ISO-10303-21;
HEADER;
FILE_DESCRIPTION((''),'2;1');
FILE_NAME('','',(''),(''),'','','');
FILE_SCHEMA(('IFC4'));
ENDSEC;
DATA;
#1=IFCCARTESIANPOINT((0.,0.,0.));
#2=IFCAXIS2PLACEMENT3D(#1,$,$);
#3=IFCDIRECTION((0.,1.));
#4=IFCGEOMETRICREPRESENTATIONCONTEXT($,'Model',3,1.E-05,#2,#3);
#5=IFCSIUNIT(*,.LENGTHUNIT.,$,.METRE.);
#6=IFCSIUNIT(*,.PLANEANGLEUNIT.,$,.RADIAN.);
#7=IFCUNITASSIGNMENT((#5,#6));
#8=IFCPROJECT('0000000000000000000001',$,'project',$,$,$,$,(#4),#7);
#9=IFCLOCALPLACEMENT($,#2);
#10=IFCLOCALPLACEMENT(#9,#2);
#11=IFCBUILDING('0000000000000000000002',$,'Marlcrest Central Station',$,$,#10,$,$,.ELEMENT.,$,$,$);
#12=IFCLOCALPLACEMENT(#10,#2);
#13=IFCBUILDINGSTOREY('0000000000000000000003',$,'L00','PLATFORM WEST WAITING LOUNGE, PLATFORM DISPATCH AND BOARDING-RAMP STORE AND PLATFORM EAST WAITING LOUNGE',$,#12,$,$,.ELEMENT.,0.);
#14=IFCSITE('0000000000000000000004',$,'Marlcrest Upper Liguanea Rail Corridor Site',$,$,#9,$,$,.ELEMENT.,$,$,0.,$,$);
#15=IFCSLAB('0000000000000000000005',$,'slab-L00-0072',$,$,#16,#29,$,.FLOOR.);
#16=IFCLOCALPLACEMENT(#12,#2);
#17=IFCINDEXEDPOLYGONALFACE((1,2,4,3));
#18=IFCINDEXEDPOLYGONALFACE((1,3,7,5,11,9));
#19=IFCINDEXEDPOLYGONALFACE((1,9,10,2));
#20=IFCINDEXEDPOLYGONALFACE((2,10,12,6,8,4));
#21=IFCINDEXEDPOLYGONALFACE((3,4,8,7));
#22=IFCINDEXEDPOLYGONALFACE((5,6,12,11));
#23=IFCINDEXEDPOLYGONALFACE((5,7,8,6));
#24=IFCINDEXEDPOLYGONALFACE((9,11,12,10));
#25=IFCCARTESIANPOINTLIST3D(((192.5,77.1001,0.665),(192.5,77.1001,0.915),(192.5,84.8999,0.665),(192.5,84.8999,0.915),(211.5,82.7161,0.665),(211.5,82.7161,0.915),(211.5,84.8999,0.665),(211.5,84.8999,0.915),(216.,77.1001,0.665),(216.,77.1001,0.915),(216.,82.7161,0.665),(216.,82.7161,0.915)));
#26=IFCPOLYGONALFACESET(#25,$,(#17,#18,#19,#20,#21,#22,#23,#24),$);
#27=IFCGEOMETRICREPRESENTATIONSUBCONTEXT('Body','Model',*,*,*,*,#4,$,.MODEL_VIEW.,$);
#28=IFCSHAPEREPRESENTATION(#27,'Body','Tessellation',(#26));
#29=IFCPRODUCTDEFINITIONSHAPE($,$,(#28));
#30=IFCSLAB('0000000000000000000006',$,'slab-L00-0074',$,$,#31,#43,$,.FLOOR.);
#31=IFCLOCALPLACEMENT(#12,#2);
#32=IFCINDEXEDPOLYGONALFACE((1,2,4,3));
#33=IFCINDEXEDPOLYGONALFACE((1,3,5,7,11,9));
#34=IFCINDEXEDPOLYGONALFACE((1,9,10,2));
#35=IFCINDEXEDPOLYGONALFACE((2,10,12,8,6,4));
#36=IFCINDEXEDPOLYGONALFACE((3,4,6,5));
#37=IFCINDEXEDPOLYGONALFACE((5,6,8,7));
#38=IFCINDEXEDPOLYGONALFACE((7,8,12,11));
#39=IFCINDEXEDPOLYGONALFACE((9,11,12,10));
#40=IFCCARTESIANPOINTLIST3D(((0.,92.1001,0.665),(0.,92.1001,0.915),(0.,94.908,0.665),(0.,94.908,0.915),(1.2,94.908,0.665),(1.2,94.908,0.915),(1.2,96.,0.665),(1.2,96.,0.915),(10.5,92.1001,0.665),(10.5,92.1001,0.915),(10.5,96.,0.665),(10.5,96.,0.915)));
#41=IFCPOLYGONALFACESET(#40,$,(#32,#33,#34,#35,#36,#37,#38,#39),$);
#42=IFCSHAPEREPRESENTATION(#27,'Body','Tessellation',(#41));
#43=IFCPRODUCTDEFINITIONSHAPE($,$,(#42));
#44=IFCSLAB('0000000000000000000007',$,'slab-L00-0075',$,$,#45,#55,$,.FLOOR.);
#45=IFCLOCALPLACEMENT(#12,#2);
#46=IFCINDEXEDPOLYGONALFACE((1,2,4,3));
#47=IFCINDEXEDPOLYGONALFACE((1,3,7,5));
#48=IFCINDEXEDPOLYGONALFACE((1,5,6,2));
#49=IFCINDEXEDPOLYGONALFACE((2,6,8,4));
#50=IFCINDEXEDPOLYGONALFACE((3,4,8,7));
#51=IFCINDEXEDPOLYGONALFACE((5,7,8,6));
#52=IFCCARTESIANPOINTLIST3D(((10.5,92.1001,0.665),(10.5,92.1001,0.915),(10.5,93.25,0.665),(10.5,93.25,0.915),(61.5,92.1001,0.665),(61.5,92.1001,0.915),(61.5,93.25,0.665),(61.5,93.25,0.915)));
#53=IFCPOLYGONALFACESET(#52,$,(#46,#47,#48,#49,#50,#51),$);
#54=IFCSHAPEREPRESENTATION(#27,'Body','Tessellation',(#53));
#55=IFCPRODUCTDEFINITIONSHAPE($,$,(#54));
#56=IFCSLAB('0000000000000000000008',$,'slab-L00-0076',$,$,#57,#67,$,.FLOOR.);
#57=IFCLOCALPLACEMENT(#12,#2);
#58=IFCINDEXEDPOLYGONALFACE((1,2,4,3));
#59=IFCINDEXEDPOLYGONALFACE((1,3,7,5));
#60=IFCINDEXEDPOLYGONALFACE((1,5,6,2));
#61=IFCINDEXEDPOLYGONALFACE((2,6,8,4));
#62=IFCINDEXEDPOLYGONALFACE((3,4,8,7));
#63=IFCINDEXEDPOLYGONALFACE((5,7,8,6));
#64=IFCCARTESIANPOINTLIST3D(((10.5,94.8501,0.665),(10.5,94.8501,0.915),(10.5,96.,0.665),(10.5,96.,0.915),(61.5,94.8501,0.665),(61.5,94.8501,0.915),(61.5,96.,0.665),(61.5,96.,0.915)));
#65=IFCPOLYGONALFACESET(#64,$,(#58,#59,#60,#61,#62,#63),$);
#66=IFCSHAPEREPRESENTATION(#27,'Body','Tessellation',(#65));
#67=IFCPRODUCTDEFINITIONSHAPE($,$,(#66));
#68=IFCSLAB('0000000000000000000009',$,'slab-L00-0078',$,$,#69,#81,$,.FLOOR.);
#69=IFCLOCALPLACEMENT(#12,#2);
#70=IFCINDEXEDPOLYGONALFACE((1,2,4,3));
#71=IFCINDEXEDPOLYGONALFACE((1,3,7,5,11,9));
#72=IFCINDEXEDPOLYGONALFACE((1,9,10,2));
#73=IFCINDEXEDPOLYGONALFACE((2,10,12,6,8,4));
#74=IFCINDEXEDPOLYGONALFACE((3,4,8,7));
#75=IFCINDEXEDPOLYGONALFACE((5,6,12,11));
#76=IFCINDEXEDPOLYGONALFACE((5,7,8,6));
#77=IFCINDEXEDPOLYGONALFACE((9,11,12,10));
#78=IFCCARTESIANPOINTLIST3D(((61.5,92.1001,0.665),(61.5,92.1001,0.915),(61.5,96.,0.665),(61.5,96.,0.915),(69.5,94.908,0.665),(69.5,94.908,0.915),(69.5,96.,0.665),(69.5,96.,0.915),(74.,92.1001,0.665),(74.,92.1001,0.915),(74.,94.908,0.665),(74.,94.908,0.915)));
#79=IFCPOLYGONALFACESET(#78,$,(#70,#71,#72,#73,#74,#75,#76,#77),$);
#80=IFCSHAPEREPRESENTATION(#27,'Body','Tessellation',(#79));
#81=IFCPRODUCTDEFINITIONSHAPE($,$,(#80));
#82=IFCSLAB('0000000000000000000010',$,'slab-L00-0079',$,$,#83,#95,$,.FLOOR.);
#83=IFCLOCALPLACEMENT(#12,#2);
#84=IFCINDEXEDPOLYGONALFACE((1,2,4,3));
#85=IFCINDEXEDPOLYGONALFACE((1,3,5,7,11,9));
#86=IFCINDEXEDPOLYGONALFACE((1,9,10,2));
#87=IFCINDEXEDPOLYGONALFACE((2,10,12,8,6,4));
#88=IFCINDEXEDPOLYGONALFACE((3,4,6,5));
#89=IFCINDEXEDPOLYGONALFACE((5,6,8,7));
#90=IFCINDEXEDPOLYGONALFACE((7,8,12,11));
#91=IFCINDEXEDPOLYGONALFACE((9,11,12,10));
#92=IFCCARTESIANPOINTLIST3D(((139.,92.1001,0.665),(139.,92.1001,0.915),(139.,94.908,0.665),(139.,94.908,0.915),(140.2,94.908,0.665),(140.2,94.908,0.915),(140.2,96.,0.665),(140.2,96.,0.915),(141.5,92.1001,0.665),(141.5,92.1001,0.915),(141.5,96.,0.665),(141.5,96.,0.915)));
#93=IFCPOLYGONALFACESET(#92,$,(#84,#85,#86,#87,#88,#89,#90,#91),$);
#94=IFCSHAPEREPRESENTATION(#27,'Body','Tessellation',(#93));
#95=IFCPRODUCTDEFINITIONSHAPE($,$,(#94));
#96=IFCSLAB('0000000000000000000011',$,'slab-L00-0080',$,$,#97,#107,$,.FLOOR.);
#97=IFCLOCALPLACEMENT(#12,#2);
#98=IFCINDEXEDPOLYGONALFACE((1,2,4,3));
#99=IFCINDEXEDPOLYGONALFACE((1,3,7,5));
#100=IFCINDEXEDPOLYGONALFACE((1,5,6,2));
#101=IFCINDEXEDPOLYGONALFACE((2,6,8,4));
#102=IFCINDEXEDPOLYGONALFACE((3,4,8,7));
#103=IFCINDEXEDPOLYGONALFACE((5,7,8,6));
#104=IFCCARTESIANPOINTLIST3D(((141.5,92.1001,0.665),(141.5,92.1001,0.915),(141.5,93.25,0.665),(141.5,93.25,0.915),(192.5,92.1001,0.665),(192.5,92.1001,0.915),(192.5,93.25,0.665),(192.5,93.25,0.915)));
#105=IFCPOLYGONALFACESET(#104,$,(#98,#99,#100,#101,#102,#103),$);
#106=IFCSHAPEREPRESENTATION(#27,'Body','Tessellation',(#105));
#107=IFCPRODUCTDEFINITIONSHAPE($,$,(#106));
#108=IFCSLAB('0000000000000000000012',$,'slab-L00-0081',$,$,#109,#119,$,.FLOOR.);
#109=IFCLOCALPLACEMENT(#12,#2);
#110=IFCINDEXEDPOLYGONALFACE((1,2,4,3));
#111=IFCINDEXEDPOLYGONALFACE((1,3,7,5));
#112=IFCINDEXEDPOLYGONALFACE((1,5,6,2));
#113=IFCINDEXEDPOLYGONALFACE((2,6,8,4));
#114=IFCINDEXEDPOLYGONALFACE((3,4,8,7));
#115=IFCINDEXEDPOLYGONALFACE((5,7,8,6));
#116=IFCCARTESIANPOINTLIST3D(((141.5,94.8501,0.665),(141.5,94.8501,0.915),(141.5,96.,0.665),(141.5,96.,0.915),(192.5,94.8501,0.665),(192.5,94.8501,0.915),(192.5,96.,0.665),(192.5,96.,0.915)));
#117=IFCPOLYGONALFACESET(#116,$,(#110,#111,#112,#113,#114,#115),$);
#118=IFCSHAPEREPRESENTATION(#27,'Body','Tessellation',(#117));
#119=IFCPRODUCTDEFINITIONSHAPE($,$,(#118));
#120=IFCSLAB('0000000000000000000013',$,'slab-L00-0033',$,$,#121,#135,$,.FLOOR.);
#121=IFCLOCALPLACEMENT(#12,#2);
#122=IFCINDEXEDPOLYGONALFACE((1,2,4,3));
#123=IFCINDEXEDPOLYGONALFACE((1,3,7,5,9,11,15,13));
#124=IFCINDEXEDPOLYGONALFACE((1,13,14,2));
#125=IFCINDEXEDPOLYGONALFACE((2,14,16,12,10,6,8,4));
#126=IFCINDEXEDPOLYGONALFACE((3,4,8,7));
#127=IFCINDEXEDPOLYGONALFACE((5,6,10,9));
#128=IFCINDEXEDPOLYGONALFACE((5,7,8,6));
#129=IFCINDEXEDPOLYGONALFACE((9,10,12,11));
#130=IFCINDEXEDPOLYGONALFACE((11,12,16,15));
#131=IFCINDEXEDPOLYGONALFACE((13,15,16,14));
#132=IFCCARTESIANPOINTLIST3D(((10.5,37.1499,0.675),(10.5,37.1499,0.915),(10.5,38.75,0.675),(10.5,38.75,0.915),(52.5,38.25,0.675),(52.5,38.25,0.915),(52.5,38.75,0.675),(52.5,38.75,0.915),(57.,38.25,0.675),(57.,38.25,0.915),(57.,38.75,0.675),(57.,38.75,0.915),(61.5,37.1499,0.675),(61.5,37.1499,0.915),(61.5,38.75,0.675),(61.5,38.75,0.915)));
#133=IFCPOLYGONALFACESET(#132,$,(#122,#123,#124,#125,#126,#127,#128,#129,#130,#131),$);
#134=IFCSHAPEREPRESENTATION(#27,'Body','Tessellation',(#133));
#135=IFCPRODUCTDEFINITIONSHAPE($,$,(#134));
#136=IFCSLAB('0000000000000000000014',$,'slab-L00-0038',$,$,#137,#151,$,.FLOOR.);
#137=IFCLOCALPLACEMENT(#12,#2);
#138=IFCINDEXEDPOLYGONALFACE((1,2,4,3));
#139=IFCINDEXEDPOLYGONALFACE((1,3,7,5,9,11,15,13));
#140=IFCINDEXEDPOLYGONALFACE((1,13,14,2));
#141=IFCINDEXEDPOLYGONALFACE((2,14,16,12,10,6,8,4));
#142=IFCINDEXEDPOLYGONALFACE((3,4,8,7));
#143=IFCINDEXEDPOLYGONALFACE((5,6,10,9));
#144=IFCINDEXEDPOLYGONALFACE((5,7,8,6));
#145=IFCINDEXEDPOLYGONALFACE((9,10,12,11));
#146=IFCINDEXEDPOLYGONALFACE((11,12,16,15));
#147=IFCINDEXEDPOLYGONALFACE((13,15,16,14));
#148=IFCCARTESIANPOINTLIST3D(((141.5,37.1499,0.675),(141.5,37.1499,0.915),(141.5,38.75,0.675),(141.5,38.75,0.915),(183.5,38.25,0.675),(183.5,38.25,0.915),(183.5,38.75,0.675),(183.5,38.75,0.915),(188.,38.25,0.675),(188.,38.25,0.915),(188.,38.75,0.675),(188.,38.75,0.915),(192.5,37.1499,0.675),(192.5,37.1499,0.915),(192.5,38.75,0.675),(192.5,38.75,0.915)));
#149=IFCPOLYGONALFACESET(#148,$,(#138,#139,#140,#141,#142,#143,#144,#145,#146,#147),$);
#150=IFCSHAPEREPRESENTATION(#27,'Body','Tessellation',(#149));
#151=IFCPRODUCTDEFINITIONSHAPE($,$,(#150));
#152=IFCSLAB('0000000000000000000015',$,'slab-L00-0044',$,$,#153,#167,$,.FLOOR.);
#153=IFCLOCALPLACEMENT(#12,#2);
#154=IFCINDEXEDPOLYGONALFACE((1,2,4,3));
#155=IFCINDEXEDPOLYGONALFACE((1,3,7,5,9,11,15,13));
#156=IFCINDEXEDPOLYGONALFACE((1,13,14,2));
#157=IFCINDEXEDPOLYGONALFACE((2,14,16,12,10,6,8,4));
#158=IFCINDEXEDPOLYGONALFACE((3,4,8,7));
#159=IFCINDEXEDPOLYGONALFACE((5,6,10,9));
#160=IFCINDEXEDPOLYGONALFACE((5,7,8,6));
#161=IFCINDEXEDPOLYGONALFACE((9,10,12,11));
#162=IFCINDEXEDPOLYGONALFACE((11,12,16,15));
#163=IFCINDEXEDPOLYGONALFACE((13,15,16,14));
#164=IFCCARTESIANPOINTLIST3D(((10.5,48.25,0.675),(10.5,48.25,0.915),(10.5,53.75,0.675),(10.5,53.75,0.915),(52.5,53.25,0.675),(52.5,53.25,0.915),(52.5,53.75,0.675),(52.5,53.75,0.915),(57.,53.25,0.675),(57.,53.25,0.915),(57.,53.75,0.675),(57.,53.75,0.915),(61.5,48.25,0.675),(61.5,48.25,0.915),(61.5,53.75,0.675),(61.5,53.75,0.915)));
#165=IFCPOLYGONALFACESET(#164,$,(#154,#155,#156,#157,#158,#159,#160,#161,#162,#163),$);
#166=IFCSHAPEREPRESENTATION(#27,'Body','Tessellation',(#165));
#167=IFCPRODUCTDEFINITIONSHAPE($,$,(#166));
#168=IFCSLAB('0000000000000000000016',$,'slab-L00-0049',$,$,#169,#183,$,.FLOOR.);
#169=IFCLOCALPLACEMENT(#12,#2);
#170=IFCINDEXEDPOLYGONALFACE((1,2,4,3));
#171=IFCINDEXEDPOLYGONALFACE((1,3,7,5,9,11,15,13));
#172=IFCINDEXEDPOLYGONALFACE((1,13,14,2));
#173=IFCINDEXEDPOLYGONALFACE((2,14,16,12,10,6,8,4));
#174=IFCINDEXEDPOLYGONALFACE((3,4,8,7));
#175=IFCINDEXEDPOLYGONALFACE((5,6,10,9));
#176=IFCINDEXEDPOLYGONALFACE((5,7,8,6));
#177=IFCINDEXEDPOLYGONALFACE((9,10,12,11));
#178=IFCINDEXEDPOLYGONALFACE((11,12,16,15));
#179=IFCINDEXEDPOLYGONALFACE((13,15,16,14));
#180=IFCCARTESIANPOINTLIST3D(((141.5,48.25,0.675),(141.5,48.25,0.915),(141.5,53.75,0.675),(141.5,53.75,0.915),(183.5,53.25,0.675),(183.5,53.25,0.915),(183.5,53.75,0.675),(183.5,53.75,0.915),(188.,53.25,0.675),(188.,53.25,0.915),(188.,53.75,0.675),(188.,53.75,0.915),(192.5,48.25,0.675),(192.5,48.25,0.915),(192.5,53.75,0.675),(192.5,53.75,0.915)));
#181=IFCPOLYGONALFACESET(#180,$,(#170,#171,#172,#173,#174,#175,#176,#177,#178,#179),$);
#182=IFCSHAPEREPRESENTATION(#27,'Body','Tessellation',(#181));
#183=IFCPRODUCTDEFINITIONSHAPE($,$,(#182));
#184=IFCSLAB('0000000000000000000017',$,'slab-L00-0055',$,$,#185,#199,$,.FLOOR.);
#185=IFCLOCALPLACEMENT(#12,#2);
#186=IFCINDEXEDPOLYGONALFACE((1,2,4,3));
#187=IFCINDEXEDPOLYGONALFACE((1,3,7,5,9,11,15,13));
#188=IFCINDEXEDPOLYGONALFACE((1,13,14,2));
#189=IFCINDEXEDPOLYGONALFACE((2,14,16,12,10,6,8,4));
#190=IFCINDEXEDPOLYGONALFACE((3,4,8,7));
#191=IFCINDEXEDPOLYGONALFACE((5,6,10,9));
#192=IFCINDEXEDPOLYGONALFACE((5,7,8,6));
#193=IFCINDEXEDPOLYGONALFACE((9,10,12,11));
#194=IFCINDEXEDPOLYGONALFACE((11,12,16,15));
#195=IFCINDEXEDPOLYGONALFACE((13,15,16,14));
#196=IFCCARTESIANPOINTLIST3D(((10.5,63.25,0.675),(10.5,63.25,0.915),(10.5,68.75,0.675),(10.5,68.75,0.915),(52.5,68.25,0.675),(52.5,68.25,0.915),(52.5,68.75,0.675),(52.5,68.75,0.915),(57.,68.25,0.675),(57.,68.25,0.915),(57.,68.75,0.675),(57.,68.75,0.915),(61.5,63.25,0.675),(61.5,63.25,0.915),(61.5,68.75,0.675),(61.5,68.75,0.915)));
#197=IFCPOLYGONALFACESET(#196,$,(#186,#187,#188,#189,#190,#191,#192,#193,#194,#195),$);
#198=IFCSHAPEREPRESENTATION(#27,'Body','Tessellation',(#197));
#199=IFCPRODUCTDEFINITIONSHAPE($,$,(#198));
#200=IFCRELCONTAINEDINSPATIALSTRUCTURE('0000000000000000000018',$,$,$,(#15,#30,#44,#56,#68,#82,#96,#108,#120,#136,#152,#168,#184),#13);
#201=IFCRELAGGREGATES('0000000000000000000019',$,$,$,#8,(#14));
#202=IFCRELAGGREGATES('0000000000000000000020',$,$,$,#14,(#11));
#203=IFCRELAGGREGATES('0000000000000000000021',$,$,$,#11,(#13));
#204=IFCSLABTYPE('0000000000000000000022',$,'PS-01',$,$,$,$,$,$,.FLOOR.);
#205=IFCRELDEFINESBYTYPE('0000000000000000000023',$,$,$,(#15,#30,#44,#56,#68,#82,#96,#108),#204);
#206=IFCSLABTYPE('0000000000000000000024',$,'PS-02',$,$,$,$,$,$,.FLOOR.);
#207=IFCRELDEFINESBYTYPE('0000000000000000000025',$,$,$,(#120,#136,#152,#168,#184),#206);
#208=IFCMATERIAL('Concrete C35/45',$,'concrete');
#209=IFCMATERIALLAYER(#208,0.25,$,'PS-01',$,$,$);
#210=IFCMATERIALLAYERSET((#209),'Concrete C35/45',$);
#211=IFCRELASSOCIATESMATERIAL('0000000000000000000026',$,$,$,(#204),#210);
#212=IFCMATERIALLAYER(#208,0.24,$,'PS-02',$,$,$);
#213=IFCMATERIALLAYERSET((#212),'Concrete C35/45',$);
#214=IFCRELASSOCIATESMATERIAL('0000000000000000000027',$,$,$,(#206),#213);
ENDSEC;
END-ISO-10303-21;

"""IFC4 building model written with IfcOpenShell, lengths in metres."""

from ifc_helpers import new_model, si_unit, direction, frame, origin, place, context, subcontext, project, spatial, polyline, outline, extrude, material, layer, layer_set, type_object, element, save


model = new_model("IFC4")

# Units and contexts
model_context = context("Model", 3, precision=1e-05, world=origin(), true_north=direction((0.0, 1.0)))
body_context = subcontext(model_context, "Body", "Model", "MODEL_VIEW")
ifc_project = project(units=[si_unit("LENGTHUNIT", "METRE"), si_unit("PLANEANGLEUNIT", "RADIAN")], contexts=[model_context])

# Site, building, storey
site_placement = place(None, origin())
site = spatial("IfcSite", under=ifc_project, at=site_placement, Name="Marlcrest Upper Liguanea Rail Corridor Site", CompositionType="ELEMENT", RefElevation=0.0)
building_placement = place(site_placement, origin())
building = spatial("IfcBuilding", under=site, at=building_placement, Name="Marlcrest Central Station", CompositionType="ELEMENT")
storey_placement = place(building_placement, origin())
storey = spatial("IfcBuildingStorey", under=building, at=storey_placement, Name="L00", Description="PLATFORM WEST WAITING LOUNGE, PLATFORM DISPATCH AND BOARDING-RAMP STORE AND PLATFORM EAST WAITING LOUNGE", CompositionType="ELEMENT", Elevation=0.0)

# Slabs
ifc_material_1 = material(Name="Concrete C35/45", Category="concrete")
ifc_layer_1 = layer(ifc_material_1, 0.25, Name="PS-01")
ifc_layer_set_1 = layer_set([ifc_layer_1], Name="Concrete C35/45")
slab_type_1 = type_object("IfcSlabType", Name="PS-01", PredefinedType="FLOOR", material=ifc_layer_set_1)
slab_1_placement = place(storey_placement, frame((0.0, 0.0, 0.665)))
element("IfcSlab", 1, at=slab_1_placement, inside=storey, type_object=slab_type_1, Name="slab-L00-0072", PredefinedType="FLOOR", context=body_context, shape_type="SweptSolid", body=[
    extrude(outline(polyline([(211.5, 84.8999), (211.5, 82.7161), (216.0, 82.7161), (216.0, 77.1001), (192.5, 77.1001), (192.5, 84.8999), (211.5, 84.8999)])), origin(), (0.0, 0.0, 1.0), 0.25),
])
slab_2_placement = place(storey_placement, frame((0.0, 0.0, 0.665)))
element("IfcSlab", 2, at=slab_2_placement, inside=storey, type_object=slab_type_1, Name="slab-L00-0074", PredefinedType="FLOOR", context=body_context, shape_type="SweptSolid", body=[
    extrude(outline(polyline([(0.0, 92.1001), (10.5, 92.1001), (10.5, 96.0), (1.2, 96.0), (1.2, 94.908), (0.0, 94.908), (0.0, 92.1001)])), origin(), (0.0, 0.0, 1.0), 0.25),
])
slab_3_placement = place(storey_placement, frame((0.0, 0.0, 0.665)))
element("IfcSlab", 3, at=slab_3_placement, inside=storey, type_object=slab_type_1, Name="slab-L00-0075", PredefinedType="FLOOR", context=body_context, shape_type="SweptSolid", body=[
    extrude(outline(polyline([(61.5, 93.25), (61.5, 92.1001), (10.5, 92.1001), (10.5, 93.25), (61.5, 93.25)])), origin(), (0.0, 0.0, 1.0), 0.25),
])
slab_4_placement = place(storey_placement, frame((0.0, 0.0, 0.665)))
element("IfcSlab", 4, at=slab_4_placement, inside=storey, type_object=slab_type_1, Name="slab-L00-0076", PredefinedType="FLOOR", context=body_context, shape_type="SweptSolid", body=[
    extrude(outline(polyline([(61.5, 96.0), (61.5, 94.8501), (10.5, 94.8501), (10.5, 96.0), (61.5, 96.0)])), origin(), (0.0, 0.0, 1.0), 0.25),
])
slab_5_placement = place(storey_placement, frame((0.0, 0.0, 0.665)))
element("IfcSlab", 5, at=slab_5_placement, inside=storey, type_object=slab_type_1, Name="slab-L00-0078", PredefinedType="FLOOR", context=body_context, shape_type="SweptSolid", body=[
    extrude(outline(polyline([(69.5, 96.0), (69.5, 94.908), (74.0, 94.908), (74.0, 92.1001), (61.5, 92.1001), (61.5, 96.0), (69.5, 96.0)])), origin(), (0.0, 0.0, 1.0), 0.25),
])
slab_6_placement = place(storey_placement, frame((0.0, 0.0, 0.665)))
element("IfcSlab", 6, at=slab_6_placement, inside=storey, type_object=slab_type_1, Name="slab-L00-0079", PredefinedType="FLOOR", context=body_context, shape_type="SweptSolid", body=[
    extrude(outline(polyline([(139.0, 92.1001), (141.5, 92.1001), (141.5, 96.0), (140.2, 96.0), (140.2, 94.908), (139.0, 94.908), (139.0, 92.1001)])), origin(), (0.0, 0.0, 1.0), 0.25),
])
slab_7_placement = place(storey_placement, frame((0.0, 0.0, 0.665)))
element("IfcSlab", 7, at=slab_7_placement, inside=storey, type_object=slab_type_1, Name="slab-L00-0080", PredefinedType="FLOOR", context=body_context, shape_type="SweptSolid", body=[
    extrude(outline(polyline([(192.5, 93.25), (192.5, 92.1001), (141.5, 92.1001), (141.5, 93.25), (192.5, 93.25)])), origin(), (0.0, 0.0, 1.0), 0.25),
])
slab_8_placement = place(storey_placement, frame((0.0, 0.0, 0.665)))
element("IfcSlab", 8, at=slab_8_placement, inside=storey, type_object=slab_type_1, Name="slab-L00-0081", PredefinedType="FLOOR", context=body_context, shape_type="SweptSolid", body=[
    extrude(outline(polyline([(192.5, 96.0), (192.5, 94.8501), (141.5, 94.8501), (141.5, 96.0), (192.5, 96.0)])), origin(), (0.0, 0.0, 1.0), 0.25),
])
ifc_layer_2 = layer(ifc_material_1, 0.24, Name="PS-02")
ifc_layer_set_2 = layer_set([ifc_layer_2], Name="Concrete C35/45")
slab_type_2 = type_object("IfcSlabType", Name="PS-02", PredefinedType="FLOOR", material=ifc_layer_set_2)
slab_9_placement = place(storey_placement, frame((0.0, 0.0, 0.675)))
element("IfcSlab", 9, at=slab_9_placement, inside=storey, type_object=slab_type_2, Name="slab-L00-0033", PredefinedType="FLOOR", context=body_context, shape_type="SweptSolid", body=[
    extrude(outline(polyline([(10.5, 37.1499), (10.5, 38.75), (52.5, 38.75), (52.5, 38.25), (57.0, 38.25), (57.0, 38.75), (61.5, 38.75), (61.5, 37.1499), (10.5, 37.1499)])), origin(), (0.0, 0.0, 1.0), 0.24),
])
slab_10_placement = place(storey_placement, frame((0.0, 0.0, 0.675)))
element("IfcSlab", 10, at=slab_10_placement, inside=storey, type_object=slab_type_2, Name="slab-L00-0038", PredefinedType="FLOOR", context=body_context, shape_type="SweptSolid", body=[
    extrude(outline(polyline([(141.5, 37.1499), (141.5, 38.75), (183.5, 38.75), (183.5, 38.25), (188.0, 38.25), (188.0, 38.75), (192.5, 38.75), (192.5, 37.1499), (141.5, 37.1499)])), origin(), (0.0, 0.0, 1.0), 0.24),
])
slab_11_placement = place(storey_placement, frame((0.0, 0.0, 0.675)))
element("IfcSlab", 11, at=slab_11_placement, inside=storey, type_object=slab_type_2, Name="slab-L00-0044", PredefinedType="FLOOR", context=body_context, shape_type="SweptSolid", body=[
    extrude(outline(polyline([(10.5, 48.25), (10.5, 53.75), (52.5, 53.75), (52.5, 53.25), (57.0, 53.25), (57.0, 53.75), (61.5, 53.75), (61.5, 48.25), (10.5, 48.25)])), origin(), (0.0, 0.0, 1.0), 0.24),
])
slab_12_placement = place(storey_placement, frame((0.0, 0.0, 0.675)))
element("IfcSlab", 12, at=slab_12_placement, inside=storey, type_object=slab_type_2, Name="slab-L00-0049", PredefinedType="FLOOR", context=body_context, shape_type="SweptSolid", body=[
    extrude(outline(polyline([(141.5, 48.25), (141.5, 53.75), (183.5, 53.75), (183.5, 53.25), (188.0, 53.25), (188.0, 53.75), (192.5, 53.75), (192.5, 48.25), (141.5, 48.25)])), origin(), (0.0, 0.0, 1.0), 0.24),
])
slab_13_placement = place(storey_placement, frame((0.0, 0.0, 0.675)))
element("IfcSlab", 13, at=slab_13_placement, inside=storey, type_object=slab_type_2, Name="slab-L00-0055", PredefinedType="FLOOR", context=body_context, shape_type="SweptSolid", body=[
    extrude(outline(polyline([(10.5, 63.25), (10.5, 68.75), (52.5, 68.75), (52.5, 68.25), (57.0, 68.25), (57.0, 68.75), (61.5, 68.75), (61.5, 63.25), (10.5, 63.25)])), origin(), (0.0, 0.0, 1.0), 0.24),
])

save(model, "model.ifc")
